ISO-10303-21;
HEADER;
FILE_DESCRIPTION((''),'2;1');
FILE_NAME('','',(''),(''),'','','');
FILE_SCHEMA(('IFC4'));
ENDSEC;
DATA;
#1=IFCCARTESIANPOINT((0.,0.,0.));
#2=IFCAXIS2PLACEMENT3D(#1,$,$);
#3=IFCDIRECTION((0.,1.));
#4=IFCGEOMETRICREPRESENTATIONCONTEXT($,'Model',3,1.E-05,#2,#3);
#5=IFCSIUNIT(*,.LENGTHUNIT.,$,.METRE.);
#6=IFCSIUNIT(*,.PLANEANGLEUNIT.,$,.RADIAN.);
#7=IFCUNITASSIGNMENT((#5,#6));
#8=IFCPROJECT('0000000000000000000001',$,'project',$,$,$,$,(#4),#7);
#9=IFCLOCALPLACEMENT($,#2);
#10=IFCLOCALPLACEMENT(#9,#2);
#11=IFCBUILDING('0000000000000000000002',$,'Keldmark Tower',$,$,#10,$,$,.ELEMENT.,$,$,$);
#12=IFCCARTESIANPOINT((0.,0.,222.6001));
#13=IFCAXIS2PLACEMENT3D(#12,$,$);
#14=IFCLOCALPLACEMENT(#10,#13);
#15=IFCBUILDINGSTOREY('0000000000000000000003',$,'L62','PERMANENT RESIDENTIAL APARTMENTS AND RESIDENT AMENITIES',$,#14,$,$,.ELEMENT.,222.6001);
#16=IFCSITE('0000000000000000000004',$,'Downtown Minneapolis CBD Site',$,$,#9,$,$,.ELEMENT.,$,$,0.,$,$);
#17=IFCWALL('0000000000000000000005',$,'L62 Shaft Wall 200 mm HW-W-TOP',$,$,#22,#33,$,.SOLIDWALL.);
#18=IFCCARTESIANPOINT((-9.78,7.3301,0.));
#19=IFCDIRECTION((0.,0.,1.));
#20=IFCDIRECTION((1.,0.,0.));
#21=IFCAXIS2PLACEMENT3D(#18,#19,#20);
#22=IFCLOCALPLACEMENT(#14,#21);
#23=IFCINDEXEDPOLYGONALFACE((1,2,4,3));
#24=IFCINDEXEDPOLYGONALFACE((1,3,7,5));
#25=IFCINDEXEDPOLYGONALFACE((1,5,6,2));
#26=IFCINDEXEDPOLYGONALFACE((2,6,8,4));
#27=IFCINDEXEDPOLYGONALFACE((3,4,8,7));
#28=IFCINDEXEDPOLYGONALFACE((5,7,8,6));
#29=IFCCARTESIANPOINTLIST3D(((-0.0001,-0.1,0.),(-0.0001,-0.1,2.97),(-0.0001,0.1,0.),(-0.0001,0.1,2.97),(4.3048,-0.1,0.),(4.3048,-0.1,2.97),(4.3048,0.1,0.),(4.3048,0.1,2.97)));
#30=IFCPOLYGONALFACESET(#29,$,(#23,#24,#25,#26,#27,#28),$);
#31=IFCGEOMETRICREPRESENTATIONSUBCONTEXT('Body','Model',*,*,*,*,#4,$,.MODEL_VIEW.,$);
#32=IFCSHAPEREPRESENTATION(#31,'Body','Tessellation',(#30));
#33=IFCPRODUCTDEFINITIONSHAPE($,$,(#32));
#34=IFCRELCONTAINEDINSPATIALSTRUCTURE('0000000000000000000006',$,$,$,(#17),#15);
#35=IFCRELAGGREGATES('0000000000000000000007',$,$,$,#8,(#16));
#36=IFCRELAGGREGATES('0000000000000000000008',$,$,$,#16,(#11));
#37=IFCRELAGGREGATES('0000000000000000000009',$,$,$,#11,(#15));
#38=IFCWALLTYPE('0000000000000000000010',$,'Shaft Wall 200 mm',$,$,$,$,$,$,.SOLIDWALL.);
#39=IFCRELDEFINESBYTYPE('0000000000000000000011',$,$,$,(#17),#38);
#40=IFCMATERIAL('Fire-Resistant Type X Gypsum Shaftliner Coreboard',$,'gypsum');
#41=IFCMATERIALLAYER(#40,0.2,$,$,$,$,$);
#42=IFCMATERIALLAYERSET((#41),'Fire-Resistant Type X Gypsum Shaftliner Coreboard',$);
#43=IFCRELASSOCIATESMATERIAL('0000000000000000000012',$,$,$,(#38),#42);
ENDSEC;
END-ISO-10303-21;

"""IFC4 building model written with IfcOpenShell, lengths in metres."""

from ifc_helpers import new_model, si_unit, direction, frame, frame_2d, origin, place, context, subcontext, project, spatial, rectangle, extrude, material, layer, layer_set, type_object, element, save


model = new_model("IFC4")

# Units and contexts
model_context = context("Model", 3, precision=1e-05, world=origin(), true_north=direction((0.0, 1.0)))
body_context = subcontext(model_context, "Body", "Model", "MODEL_VIEW")
ifc_project = project(units=[si_unit("LENGTHUNIT", "METRE"), si_unit("PLANEANGLEUNIT", "RADIAN")], contexts=[model_context])

# Site, building, storey
site_placement = place(None, origin())
site = spatial("IfcSite", under=ifc_project, at=site_placement, Name="Downtown Minneapolis CBD Site", CompositionType="ELEMENT", RefElevation=0.0)
building_placement = place(site_placement, origin())
building = spatial("IfcBuilding", under=site, at=building_placement, Name="Keldmark Tower", CompositionType="ELEMENT")
storey_placement = place(building_placement, frame((0.0, 0.0, 222.6001)))
storey = spatial("IfcBuildingStorey", under=building, at=storey_placement, Name="L62", Description="PERMANENT RESIDENTIAL APARTMENTS AND RESIDENT AMENITIES", CompositionType="ELEMENT", Elevation=222.6001)

# Shared definitions
ifc_material_1 = material(Name="Fire-Resistant Type X Gypsum Shaftliner Coreboard", Category="gypsum")
ifc_layer_1 = layer(ifc_material_1, 0.2)
ifc_layer_set_1 = layer_set([ifc_layer_1], Name="Fire-Resistant Type X Gypsum Shaftliner Coreboard")
wall_type_1 = type_object("IfcWallType", Name="Shaft Wall 200 mm", PredefinedType="SOLIDWALL", material=ifc_layer_set_1)

# Wall
wall_1_placement = place(storey_placement, frame((-9.78, 7.3301, 0.0), z_axis=(0.0, 0.0, 1.0), x_axis=(1.0, 0.0, 0.0)))
element("IfcWall", 1, at=wall_1_placement, inside=storey, type_object=wall_type_1, Name="L62 Shaft Wall 200 mm HW-W-TOP", PredefinedType="SOLIDWALL", context=body_context, shape_type="SweptSolid", body=[
    extrude(rectangle(XDim=4.3049, YDim=0.2, at=frame_2d((2.1523, 0.0))), origin(), (0.0, 0.0, 1.0), 2.97),
])

save(model, "model.ifc")
